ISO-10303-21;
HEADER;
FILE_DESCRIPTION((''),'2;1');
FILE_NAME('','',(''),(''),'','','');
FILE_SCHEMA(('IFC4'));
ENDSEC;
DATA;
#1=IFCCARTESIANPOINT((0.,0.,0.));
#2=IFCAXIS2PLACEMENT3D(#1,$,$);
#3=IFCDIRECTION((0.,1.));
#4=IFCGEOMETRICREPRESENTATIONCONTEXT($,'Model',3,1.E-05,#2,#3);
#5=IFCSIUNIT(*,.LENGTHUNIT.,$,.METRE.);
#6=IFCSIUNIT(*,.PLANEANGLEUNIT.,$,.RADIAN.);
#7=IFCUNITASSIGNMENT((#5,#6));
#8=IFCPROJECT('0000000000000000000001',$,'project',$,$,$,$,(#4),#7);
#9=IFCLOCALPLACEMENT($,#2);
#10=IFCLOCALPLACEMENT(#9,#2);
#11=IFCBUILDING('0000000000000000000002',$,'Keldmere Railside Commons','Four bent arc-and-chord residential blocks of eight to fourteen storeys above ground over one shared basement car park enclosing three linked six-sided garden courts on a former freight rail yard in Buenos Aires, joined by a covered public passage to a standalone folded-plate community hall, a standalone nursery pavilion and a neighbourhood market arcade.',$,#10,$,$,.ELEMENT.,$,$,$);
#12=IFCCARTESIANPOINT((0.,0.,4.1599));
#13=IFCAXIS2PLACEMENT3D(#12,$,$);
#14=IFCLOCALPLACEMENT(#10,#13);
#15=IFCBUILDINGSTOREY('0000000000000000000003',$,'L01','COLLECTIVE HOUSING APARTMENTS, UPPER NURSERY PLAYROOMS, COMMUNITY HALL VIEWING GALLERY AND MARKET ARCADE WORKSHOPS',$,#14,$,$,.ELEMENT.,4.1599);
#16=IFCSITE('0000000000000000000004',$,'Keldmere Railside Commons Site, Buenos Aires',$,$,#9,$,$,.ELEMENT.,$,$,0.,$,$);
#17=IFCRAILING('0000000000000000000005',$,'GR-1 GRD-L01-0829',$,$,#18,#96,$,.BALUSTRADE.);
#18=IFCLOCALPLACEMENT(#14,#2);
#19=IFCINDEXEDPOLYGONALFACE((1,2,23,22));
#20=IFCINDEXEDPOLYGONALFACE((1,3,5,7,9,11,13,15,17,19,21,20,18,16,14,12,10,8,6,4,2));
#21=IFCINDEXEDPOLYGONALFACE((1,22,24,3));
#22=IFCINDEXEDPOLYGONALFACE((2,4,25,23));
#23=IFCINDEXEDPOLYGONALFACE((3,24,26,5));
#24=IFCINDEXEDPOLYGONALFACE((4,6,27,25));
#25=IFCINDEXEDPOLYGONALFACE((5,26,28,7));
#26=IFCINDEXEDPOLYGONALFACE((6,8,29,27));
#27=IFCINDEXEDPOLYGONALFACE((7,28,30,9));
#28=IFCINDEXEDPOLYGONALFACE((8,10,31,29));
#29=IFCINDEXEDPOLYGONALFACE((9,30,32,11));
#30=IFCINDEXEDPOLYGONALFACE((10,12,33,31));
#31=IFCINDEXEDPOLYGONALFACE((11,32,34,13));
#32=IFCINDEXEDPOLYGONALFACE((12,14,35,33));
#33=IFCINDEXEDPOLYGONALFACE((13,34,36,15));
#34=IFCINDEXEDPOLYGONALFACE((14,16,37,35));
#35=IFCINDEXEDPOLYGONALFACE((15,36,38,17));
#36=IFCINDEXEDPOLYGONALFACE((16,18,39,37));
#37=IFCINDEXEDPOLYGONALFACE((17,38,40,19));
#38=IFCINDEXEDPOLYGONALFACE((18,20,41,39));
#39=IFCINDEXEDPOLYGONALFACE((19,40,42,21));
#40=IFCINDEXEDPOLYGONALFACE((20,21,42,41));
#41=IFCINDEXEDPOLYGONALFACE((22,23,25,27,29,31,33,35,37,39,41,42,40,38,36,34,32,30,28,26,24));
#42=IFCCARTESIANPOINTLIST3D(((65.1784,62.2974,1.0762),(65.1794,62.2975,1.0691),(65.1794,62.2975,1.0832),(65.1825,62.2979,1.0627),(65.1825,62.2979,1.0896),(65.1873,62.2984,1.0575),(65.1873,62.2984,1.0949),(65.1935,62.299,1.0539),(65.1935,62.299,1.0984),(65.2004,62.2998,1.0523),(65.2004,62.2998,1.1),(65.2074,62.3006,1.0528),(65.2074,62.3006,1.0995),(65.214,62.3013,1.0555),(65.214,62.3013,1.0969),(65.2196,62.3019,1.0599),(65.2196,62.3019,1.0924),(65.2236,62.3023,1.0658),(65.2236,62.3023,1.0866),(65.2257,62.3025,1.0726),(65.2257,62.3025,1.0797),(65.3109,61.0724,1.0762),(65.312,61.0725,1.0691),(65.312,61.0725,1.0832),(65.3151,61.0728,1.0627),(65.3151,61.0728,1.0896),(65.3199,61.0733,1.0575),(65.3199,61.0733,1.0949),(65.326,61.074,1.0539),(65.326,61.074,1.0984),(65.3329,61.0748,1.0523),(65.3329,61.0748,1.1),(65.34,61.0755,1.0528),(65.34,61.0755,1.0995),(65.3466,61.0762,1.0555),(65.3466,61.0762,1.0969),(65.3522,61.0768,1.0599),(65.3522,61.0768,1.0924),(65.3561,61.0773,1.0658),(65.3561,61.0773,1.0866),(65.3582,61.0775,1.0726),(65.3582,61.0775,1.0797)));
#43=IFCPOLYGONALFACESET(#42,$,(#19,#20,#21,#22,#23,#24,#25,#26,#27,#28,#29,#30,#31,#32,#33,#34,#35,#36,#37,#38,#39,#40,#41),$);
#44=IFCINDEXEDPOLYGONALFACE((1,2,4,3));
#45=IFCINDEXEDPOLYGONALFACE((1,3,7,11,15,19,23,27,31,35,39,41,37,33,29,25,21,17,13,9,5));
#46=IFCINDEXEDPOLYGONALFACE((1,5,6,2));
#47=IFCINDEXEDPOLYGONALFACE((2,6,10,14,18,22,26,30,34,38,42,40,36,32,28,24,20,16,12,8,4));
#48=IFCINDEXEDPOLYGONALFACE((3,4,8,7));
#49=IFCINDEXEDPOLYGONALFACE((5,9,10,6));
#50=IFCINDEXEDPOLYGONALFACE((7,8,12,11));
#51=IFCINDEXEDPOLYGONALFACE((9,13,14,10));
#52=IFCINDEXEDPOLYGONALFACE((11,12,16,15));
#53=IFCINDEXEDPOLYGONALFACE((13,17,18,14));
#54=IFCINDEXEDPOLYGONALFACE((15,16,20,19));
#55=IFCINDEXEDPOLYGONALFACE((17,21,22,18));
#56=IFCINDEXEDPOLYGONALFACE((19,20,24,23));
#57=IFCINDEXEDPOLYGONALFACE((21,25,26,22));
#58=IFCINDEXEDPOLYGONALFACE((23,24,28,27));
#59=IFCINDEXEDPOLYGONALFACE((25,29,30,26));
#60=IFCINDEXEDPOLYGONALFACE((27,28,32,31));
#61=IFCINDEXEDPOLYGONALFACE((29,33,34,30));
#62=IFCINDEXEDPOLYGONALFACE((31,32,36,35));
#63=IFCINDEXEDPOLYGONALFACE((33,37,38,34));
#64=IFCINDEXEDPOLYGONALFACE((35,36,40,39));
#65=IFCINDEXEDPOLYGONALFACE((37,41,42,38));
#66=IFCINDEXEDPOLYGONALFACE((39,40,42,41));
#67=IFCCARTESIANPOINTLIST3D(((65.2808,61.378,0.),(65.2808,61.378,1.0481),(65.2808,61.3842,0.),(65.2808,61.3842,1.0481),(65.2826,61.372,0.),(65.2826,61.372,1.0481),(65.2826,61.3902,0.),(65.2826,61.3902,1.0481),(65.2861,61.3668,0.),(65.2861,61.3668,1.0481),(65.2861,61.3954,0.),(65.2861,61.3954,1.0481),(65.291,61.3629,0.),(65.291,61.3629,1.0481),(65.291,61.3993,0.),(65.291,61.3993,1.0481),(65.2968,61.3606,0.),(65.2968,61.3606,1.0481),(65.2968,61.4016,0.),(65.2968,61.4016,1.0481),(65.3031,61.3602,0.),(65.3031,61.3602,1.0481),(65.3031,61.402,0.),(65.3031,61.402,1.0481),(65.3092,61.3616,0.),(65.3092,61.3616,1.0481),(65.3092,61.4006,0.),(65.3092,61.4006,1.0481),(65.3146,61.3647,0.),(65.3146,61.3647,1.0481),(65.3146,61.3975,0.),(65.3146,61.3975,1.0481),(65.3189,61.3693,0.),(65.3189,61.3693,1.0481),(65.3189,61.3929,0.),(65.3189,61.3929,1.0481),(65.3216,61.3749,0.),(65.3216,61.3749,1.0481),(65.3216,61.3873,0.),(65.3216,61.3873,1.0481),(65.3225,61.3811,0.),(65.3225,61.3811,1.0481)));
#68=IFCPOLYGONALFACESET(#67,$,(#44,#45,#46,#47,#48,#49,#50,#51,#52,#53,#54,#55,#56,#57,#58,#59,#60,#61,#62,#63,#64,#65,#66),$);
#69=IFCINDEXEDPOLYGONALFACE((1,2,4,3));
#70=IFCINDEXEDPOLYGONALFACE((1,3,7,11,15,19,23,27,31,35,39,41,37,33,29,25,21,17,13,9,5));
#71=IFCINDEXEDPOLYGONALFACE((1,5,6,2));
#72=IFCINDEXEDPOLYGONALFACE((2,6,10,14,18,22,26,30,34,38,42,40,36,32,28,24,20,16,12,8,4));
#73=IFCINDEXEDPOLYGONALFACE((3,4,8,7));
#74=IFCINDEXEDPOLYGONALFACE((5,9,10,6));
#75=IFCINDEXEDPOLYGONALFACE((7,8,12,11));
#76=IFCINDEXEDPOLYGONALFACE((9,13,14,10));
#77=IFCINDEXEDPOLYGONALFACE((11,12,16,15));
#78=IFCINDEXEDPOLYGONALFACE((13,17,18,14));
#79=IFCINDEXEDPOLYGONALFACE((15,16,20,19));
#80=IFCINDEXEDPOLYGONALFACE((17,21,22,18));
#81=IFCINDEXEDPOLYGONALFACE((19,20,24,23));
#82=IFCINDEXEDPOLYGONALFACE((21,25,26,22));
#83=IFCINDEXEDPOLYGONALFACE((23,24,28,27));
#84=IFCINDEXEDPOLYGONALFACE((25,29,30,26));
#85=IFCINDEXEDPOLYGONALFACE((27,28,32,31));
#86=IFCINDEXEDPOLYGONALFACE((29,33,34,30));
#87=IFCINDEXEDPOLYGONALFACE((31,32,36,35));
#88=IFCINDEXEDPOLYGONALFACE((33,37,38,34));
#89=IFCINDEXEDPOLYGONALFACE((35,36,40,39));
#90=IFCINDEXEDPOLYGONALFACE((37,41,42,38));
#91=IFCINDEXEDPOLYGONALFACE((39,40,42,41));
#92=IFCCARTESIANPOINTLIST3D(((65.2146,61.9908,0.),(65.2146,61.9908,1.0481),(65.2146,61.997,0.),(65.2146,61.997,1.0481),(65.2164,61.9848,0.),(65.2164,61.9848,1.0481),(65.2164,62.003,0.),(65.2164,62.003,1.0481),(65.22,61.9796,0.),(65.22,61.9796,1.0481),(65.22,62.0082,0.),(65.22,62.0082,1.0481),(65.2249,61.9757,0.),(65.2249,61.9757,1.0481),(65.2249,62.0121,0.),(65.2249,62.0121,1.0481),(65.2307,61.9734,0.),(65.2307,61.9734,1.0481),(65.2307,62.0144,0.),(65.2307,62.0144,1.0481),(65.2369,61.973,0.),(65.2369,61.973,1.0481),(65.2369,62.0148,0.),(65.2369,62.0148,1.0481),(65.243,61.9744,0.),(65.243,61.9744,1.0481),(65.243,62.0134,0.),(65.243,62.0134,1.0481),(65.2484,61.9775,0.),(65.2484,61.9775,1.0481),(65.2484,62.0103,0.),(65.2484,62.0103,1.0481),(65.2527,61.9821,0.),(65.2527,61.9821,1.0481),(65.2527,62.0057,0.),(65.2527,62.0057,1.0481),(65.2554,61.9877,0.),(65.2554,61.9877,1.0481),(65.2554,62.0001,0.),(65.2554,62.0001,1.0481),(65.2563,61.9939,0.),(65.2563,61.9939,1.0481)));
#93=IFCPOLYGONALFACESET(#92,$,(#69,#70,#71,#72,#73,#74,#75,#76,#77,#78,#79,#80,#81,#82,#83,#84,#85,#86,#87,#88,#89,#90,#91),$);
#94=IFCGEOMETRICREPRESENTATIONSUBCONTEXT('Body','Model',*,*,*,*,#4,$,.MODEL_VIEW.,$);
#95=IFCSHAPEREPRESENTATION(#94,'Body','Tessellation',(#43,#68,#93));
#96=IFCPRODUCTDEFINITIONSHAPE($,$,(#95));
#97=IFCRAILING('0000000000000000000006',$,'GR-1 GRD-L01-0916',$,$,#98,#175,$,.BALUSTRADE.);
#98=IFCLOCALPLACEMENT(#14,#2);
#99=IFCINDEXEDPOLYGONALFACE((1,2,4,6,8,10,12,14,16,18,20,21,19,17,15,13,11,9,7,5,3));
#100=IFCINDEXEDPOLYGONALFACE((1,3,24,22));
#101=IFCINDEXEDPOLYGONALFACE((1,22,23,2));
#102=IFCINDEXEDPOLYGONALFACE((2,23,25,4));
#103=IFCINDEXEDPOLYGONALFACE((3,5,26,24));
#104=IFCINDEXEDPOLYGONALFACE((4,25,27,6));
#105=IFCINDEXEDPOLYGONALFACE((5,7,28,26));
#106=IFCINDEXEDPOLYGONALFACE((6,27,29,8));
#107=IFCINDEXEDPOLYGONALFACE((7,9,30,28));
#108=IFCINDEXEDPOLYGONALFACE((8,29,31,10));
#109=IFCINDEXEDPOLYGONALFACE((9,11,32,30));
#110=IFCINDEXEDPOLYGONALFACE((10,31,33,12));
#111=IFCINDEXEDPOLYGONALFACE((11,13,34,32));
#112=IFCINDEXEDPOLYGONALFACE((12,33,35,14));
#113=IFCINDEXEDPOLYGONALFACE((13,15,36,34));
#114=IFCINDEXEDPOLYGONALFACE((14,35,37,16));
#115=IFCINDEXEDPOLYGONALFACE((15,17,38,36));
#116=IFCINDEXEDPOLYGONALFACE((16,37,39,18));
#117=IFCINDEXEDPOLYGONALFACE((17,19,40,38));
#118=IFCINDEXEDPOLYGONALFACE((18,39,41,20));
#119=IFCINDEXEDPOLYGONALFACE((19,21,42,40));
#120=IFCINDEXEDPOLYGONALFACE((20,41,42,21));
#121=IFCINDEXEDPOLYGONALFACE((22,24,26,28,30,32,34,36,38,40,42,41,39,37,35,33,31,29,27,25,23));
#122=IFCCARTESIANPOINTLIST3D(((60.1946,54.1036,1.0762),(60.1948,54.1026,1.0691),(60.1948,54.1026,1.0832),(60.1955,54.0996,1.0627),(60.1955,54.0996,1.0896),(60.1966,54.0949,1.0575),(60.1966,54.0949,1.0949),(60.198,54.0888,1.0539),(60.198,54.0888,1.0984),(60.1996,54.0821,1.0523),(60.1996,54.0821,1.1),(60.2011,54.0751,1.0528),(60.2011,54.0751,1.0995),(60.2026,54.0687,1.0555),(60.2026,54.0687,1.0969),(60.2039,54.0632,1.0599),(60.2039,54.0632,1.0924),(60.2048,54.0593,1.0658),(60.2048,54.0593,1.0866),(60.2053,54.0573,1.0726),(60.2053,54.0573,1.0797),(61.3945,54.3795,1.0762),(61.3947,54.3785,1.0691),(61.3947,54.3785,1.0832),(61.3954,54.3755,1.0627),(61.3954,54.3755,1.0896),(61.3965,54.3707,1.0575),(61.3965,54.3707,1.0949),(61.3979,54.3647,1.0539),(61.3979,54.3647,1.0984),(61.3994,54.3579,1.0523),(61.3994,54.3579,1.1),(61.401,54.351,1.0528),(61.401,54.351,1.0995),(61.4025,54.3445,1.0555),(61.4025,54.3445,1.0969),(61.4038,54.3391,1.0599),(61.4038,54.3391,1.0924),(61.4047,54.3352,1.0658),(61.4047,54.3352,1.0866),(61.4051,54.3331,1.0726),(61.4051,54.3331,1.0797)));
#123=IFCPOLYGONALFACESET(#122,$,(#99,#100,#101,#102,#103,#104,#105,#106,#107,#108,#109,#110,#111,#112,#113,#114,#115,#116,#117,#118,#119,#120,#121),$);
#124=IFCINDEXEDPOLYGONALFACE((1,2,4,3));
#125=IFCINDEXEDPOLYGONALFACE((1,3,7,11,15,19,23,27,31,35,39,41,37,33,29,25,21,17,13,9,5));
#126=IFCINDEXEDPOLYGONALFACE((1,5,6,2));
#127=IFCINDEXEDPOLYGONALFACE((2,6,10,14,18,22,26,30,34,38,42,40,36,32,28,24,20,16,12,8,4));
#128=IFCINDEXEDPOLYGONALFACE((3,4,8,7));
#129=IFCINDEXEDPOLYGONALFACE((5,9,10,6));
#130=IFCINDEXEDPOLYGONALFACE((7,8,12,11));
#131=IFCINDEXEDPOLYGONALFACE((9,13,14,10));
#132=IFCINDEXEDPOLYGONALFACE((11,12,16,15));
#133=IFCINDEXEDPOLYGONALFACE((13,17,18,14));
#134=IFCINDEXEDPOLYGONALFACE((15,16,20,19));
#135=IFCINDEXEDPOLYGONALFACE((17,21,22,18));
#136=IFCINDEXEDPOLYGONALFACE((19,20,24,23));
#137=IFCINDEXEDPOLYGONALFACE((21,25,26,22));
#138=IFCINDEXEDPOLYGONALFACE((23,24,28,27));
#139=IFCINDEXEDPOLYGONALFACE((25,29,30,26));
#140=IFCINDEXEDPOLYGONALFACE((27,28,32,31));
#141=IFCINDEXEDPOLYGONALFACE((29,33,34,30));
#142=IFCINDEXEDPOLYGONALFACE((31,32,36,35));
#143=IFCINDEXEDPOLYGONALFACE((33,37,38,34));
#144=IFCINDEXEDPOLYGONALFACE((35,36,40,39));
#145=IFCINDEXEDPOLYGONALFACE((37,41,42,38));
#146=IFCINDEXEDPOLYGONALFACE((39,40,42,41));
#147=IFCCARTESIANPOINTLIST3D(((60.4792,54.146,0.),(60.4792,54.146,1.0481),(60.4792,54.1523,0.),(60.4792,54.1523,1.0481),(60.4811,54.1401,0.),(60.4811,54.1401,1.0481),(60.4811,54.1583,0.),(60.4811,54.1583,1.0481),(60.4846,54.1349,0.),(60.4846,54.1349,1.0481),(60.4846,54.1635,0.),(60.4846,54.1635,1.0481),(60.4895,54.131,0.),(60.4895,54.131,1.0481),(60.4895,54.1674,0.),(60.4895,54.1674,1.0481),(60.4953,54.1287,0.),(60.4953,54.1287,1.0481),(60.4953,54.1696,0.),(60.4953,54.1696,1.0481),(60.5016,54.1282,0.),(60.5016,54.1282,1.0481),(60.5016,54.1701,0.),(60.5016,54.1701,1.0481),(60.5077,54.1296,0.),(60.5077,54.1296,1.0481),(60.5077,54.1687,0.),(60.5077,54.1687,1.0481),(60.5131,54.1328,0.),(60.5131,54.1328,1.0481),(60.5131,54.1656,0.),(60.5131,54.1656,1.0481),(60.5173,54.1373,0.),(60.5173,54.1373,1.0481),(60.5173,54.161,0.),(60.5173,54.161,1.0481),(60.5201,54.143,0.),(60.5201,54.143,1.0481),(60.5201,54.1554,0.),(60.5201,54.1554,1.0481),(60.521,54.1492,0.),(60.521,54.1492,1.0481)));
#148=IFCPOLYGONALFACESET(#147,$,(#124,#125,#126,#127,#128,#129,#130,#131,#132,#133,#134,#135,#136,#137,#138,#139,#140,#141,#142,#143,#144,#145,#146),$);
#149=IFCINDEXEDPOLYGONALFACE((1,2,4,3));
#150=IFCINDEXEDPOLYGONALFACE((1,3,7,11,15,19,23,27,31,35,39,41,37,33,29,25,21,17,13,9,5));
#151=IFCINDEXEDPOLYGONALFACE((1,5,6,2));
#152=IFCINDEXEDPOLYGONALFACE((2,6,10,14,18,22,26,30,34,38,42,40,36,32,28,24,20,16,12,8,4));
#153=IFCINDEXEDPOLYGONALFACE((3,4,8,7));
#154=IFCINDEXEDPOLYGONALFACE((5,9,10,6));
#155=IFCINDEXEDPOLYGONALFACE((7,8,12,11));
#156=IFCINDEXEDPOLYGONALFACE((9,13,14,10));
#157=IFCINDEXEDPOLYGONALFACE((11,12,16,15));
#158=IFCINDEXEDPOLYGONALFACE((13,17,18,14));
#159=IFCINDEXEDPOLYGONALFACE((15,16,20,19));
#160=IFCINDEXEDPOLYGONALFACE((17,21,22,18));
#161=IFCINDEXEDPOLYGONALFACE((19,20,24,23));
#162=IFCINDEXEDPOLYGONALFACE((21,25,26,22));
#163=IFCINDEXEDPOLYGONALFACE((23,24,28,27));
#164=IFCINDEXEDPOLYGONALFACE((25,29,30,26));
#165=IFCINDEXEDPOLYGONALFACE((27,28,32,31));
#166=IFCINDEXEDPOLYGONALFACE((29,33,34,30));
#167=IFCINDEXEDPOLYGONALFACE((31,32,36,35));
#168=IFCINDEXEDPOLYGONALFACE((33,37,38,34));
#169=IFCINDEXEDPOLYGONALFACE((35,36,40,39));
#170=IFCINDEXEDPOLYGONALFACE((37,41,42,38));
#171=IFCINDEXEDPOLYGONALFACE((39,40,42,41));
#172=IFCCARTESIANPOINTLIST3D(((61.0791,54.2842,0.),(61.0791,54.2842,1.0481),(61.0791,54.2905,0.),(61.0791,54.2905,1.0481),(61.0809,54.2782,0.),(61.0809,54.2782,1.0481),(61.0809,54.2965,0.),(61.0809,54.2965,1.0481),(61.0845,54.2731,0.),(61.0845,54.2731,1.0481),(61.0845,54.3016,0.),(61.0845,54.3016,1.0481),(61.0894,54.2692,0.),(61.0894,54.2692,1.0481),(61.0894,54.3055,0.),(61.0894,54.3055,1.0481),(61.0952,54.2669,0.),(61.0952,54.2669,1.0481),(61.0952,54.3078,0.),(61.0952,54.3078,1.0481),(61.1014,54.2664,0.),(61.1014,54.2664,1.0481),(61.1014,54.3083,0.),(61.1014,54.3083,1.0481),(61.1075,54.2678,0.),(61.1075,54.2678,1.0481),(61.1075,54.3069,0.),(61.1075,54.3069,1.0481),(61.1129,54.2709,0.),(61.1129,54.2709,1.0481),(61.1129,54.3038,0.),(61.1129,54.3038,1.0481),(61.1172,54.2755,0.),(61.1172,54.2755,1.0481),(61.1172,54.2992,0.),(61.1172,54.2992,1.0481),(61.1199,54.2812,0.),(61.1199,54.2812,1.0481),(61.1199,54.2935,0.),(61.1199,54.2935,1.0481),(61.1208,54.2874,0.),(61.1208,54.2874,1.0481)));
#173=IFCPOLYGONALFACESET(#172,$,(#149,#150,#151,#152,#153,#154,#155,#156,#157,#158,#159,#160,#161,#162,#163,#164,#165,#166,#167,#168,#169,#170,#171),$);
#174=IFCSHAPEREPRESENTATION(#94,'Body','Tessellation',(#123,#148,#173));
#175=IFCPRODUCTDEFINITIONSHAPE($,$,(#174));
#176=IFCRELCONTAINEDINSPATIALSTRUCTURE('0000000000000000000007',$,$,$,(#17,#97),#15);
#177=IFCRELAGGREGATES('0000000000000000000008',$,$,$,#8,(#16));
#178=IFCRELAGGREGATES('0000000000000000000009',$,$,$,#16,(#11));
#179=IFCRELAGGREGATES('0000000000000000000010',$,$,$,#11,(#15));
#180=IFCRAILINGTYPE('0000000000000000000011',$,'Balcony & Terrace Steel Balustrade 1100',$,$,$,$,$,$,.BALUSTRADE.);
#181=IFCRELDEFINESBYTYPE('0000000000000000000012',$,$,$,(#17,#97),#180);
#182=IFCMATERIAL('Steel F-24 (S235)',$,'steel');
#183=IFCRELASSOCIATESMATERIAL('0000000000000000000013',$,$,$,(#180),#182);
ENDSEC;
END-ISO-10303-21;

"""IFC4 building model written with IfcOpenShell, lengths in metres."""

from ifc_helpers import new_model, si_unit, direction, frame, origin, origin_2d, place, context, subcontext, project, spatial, circle, extrude, material, type_object, element, save


model = new_model("IFC4")

# Units and contexts
model_context = context("Model", 3, precision=1e-05, world=origin(), true_north=direction((0.0, 1.0)))
body_context = subcontext(model_context, "Body", "Model", "MODEL_VIEW")
ifc_project = project(units=[si_unit("LENGTHUNIT", "METRE"), si_unit("PLANEANGLEUNIT", "RADIAN")], contexts=[model_context])

# Site, building, storey
site_placement = place(None, origin())
site = spatial("IfcSite", under=ifc_project, at=site_placement, Name="Keldmere Railside Commons Site, Buenos Aires", CompositionType="ELEMENT", RefElevation=0.0)
building_placement = place(site_placement, origin())
building = spatial("IfcBuilding", under=site, at=building_placement, Name="Keldmere Railside Commons", Description="Four bent arc-and-chord residential blocks of eight to fourteen storeys above ground over one shared basement car park enclosing three linked six-sided garden courts on a former freight rail yard in Buenos Aires, joined by a covered public passage to a standalone folded-plate community hall, a standalone nursery pavilion and a neighbourhood market arcade.", CompositionType="ELEMENT")
storey_placement = place(building_placement, frame((0.0, 0.0, 4.1599)))
storey = spatial("IfcBuildingStorey", under=building, at=storey_placement, Name="L01", Description="COLLECTIVE HOUSING APARTMENTS, UPPER NURSERY PLAYROOMS, COMMUNITY HALL VIEWING GALLERY AND MARKET ARCADE WORKSHOPS", CompositionType="ELEMENT", Elevation=4.1599)

# Railings
ifc_material_1 = material(Name="Steel F-24 (S235)", Category="steel")
railing_type = type_object("IfcRailingType", Name="Balcony & Terrace Steel Balustrade 1100", PredefinedType="BALUSTRADE", material=ifc_material_1)
railing_1_placement = place(storey_placement, frame((65.3347, 61.075, 0.0)))
element("IfcRailing", 1, at=railing_1_placement, inside=storey, type_object=railing_type, Name="GR-1 GRD-L01-0829", PredefinedType="BALUSTRADE", context=body_context, shape_type="SweptSolid", body=[
    extrude(circle(Radius=0.0239, at=origin_2d()), frame((0.0, 0.0, 1.0762), z_axis=(-0.107582, 0.994196, 0.0), x_axis=(-0.994196, -0.107582, 0.0)), (0.0, 0.0, 1.0), 1.2322),
    extrude(circle(Radius=0.021, at=origin_2d()), frame((-0.0332, 0.3062, 0.0)), (0.0, 0.0, 1.0), 1.0481),
    extrude(circle(Radius=0.021, at=origin_2d()), frame((-0.0994, 0.9189, 0.0)), (0.0, 0.0, 1.0), 1.0481),
])
railing_2_placement = place(storey_placement, frame((60.2, 54.0803, 0.0)))
element("IfcRailing", 2, at=railing_2_placement, inside=storey, type_object=railing_type, Name="GR-1 GRD-L01-0916", PredefinedType="BALUSTRADE", context=body_context, shape_type="SweptSolid", body=[
    extrude(circle(Radius=0.0239, at=origin_2d()), frame((0.0, 0.0, 1.0762), z_axis=(0.974575, 0.224063, 0.0), x_axis=(-0.224063, 0.974575, 0.0)), (0.0, 0.0, 1.0), 1.2312),
    extrude(circle(Radius=0.021, at=origin_2d()), frame((0.3, 0.0688, 0.0)), (0.0, 0.0, 1.0), 1.0481),
    extrude(circle(Radius=0.021, at=origin_2d()), frame((0.8999, 0.207, 0.0)), (0.0, 0.0, 1.0), 1.0481),
])

save(model, "model.ifc")
